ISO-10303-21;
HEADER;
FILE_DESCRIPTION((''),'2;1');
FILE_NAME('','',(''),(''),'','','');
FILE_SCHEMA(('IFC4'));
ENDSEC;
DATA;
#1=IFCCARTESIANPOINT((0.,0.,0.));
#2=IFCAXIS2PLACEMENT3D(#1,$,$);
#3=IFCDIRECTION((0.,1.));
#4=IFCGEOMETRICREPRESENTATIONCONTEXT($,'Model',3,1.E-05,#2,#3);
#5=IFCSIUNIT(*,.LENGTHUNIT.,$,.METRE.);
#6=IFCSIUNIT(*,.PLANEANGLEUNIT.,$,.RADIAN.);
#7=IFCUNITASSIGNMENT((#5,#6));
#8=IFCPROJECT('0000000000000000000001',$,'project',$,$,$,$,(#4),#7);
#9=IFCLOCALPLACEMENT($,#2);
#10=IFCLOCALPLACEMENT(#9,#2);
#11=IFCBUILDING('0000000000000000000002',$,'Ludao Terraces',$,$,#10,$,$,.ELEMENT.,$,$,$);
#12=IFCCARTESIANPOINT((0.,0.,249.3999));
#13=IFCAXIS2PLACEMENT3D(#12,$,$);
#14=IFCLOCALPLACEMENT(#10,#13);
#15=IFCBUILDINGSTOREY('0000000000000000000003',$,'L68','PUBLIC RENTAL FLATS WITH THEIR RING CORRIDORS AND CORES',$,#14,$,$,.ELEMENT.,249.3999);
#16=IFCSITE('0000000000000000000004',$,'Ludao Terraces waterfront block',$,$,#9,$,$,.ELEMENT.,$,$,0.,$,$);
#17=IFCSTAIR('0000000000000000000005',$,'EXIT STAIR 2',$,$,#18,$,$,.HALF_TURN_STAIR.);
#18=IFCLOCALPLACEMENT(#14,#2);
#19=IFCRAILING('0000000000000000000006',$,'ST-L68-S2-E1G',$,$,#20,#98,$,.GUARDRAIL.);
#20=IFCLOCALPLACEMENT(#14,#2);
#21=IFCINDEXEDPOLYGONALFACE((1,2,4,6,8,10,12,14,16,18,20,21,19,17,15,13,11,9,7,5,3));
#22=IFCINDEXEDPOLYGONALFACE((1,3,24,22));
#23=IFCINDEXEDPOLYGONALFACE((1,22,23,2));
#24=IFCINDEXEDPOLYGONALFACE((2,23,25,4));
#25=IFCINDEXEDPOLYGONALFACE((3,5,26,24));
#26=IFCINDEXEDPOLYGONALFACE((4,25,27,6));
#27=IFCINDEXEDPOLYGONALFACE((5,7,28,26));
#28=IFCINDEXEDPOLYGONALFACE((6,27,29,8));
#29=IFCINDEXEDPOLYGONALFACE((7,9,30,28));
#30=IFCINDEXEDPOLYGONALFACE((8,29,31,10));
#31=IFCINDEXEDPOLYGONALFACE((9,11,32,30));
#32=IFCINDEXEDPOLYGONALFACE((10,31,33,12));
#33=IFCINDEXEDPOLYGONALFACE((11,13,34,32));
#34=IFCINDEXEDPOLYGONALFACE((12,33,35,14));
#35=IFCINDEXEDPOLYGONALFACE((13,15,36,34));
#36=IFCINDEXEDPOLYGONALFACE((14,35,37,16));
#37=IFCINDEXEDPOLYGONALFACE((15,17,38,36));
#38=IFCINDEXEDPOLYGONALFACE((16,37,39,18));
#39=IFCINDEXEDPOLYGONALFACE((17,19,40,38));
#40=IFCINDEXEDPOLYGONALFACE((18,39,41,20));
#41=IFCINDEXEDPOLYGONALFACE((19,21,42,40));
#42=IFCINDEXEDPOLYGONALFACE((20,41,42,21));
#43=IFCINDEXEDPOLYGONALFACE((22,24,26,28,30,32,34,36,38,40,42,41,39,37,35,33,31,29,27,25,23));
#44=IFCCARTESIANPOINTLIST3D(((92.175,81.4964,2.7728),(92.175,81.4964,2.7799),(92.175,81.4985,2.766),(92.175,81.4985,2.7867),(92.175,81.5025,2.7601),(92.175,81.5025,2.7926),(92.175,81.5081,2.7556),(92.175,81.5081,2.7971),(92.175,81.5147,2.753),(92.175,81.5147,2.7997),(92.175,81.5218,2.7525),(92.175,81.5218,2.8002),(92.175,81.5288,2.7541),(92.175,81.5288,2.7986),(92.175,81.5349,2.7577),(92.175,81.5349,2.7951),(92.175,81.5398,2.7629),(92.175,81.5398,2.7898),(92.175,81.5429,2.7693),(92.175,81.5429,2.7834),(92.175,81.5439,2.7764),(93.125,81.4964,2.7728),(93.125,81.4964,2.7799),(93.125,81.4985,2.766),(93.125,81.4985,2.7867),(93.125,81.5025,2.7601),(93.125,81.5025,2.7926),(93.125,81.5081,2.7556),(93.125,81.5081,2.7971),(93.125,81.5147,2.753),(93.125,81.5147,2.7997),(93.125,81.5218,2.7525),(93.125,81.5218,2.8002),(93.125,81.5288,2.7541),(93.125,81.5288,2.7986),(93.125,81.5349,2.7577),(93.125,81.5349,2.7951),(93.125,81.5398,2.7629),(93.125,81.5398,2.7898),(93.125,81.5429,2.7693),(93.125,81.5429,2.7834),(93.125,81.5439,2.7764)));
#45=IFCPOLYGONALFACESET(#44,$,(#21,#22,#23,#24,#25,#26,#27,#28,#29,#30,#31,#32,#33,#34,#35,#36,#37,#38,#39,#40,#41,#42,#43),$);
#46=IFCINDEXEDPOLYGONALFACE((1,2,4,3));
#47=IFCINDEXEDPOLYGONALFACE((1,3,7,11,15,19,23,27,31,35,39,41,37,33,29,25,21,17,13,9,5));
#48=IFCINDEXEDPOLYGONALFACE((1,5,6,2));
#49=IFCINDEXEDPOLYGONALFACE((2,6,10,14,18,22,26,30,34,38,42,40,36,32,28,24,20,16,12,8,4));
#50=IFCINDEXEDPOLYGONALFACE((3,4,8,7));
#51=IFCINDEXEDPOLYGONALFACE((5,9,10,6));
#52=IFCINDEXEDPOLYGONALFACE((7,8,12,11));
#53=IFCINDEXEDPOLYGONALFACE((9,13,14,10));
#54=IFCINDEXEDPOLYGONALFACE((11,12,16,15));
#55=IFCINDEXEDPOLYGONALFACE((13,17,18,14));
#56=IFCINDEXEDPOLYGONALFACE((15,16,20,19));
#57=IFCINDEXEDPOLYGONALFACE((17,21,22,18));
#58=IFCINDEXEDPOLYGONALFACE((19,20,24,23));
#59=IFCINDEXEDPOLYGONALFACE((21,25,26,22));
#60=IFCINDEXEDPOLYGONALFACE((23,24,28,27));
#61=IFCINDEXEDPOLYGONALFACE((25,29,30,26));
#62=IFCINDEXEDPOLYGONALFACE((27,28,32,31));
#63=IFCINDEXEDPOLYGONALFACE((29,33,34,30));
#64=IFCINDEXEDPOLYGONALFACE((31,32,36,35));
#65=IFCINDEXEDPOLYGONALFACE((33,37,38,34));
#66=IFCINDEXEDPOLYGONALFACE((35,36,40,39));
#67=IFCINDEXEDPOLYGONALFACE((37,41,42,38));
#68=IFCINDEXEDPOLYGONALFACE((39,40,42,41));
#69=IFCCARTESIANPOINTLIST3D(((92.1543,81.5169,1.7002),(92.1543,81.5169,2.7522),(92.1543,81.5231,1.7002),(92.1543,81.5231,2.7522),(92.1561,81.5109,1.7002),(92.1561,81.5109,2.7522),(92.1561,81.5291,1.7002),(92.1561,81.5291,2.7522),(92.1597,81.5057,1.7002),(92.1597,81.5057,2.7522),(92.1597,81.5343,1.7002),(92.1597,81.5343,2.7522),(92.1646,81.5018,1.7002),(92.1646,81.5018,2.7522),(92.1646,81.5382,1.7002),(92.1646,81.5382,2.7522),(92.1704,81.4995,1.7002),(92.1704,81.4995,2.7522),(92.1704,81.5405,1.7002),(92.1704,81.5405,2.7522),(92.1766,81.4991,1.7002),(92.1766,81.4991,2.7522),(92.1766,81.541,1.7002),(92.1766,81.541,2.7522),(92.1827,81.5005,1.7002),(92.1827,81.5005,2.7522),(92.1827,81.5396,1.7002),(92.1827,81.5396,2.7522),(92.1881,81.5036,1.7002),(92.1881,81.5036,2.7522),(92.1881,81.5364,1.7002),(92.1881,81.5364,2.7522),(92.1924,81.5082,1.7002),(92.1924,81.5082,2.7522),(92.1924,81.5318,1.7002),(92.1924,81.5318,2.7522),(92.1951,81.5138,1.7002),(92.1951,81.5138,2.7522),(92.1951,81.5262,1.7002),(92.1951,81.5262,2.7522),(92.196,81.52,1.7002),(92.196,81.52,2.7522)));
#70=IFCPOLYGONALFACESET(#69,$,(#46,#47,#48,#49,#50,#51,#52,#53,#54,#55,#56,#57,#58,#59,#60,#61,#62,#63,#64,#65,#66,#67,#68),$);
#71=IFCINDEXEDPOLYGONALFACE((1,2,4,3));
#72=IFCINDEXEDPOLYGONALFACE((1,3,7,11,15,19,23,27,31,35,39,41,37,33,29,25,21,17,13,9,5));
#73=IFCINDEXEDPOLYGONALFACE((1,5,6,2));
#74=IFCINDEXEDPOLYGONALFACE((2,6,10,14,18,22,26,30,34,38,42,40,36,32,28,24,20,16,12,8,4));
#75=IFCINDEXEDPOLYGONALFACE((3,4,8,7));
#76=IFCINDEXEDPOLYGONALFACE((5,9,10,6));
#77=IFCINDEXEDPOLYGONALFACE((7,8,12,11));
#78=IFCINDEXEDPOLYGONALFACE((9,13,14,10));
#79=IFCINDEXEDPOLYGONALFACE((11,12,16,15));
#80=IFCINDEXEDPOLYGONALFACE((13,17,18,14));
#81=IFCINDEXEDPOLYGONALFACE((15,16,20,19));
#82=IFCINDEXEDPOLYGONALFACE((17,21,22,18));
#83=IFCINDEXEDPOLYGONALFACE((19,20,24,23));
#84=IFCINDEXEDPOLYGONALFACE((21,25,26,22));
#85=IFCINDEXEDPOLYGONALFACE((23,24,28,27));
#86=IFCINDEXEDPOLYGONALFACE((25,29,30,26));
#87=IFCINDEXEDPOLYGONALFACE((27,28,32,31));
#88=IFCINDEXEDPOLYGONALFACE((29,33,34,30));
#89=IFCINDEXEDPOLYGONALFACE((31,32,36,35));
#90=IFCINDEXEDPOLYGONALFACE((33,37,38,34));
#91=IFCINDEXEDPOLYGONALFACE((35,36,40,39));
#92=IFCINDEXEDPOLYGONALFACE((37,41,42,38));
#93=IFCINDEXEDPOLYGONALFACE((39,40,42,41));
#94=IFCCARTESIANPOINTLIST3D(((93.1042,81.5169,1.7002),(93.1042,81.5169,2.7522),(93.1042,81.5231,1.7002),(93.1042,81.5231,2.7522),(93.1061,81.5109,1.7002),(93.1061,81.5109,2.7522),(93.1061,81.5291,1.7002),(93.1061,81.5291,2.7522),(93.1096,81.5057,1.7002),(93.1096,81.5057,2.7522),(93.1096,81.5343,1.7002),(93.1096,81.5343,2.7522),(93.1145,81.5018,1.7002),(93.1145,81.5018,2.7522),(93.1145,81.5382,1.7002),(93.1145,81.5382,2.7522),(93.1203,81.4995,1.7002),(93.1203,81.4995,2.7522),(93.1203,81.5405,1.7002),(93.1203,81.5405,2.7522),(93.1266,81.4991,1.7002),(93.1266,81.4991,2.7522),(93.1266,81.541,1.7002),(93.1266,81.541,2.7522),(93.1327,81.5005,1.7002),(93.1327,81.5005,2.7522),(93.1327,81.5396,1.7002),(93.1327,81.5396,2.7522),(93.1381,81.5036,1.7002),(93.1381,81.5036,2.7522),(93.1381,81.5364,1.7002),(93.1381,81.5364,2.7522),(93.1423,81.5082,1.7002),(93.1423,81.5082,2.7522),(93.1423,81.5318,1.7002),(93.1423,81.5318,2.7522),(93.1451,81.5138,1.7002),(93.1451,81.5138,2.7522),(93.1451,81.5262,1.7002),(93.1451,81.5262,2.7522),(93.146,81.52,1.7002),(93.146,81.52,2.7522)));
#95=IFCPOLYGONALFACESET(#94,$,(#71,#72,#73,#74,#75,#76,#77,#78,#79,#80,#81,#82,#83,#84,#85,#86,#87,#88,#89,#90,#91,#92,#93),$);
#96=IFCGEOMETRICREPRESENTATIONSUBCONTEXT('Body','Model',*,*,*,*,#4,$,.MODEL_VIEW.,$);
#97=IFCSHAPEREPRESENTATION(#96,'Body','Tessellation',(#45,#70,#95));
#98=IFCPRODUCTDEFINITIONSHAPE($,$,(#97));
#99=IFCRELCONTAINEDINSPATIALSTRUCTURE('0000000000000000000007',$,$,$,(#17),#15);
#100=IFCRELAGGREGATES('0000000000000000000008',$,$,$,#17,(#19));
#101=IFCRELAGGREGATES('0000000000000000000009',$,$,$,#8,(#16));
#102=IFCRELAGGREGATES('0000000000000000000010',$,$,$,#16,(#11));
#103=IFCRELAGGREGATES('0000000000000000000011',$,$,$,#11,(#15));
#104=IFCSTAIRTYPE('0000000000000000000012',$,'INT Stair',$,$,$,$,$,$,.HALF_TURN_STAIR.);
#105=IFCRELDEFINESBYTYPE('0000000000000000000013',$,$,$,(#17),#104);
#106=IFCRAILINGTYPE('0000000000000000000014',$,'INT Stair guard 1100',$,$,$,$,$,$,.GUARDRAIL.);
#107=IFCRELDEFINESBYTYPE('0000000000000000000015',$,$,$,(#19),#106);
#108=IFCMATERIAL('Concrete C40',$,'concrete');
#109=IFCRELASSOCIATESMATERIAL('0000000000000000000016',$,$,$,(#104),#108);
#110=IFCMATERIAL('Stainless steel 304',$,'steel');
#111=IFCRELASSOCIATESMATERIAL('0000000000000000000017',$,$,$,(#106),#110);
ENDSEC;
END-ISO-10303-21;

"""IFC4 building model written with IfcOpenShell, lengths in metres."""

from ifc_helpers import new_model, si_unit, direction, frame, origin, origin_2d, place, context, subcontext, project, spatial, circle, extrude, material, type_object, element, aggregate, save


model = new_model("IFC4")

# Units and contexts
model_context = context("Model", 3, precision=1e-05, world=origin(), true_north=direction((0.0, 1.0)))
body_context = subcontext(model_context, "Body", "Model", "MODEL_VIEW")
ifc_project = project(units=[si_unit("LENGTHUNIT", "METRE"), si_unit("PLANEANGLEUNIT", "RADIAN")], contexts=[model_context])

# Site, building, storey
site_placement = place(None, origin())
site = spatial("IfcSite", under=ifc_project, at=site_placement, Name="Ludao Terraces waterfront block", CompositionType="ELEMENT", RefElevation=0.0)
building_placement = place(site_placement, origin())
building = spatial("IfcBuilding", under=site, at=building_placement, Name="Ludao Terraces", CompositionType="ELEMENT")
storey_placement = place(building_placement, frame((0.0, 0.0, 249.3999)))
storey = spatial("IfcBuildingStorey", under=building, at=storey_placement, Name="L68", Description="PUBLIC RENTAL FLATS WITH THEIR RING CORRIDORS AND CORES", CompositionType="ELEMENT", Elevation=249.3999)

# Shared definitions
ifc_material_1 = material(Name="Stainless steel 304", Category="steel")

# Stair, railing
ifc_material_2 = material(Name="Concrete C40", Category="concrete")
stair_type = type_object("IfcStairType", Name="INT Stair", PredefinedType="HALF_TURN_STAIR", material=ifc_material_2)
stair_placement = place(storey_placement, origin())
stair = element("IfcStair", 1, at=stair_placement, inside=storey, type_object=stair_type, Name="EXIT STAIR 2", PredefinedType="HALF_TURN_STAIR")
railing_type_1 = type_object("IfcRailingType", Name="INT Stair guard 1100", PredefinedType="GUARDRAIL", material=ifc_material_1)
railing_1_placement = place(storey_placement, frame((92.175, 81.52, 1.7002)))
railing_1 = element("IfcRailing", 2, at=railing_1_placement, type_object=railing_type_1, Name="ST-L68-S2-E1G", PredefinedType="GUARDRAIL", context=body_context, shape_type="SweptSolid", body=[
    extrude(circle(Radius=0.0239, at=origin_2d()), frame((0.0, 0.0, 1.0762), z_axis=(1.0, 0.0, 0.0), x_axis=(0.0, 1.0, 0.0)), (0.0, 0.0, 1.0), 0.95),
    extrude(circle(Radius=0.021, at=origin_2d()), origin(), (0.0, 0.0, 1.0), 1.052),
    extrude(circle(Radius=0.021, at=origin_2d()), frame((0.95, 0.0, 0.0)), (0.0, 0.0, 1.0), 1.052),
])
aggregate(stair, [railing_1])

save(model, "model.ifc")
